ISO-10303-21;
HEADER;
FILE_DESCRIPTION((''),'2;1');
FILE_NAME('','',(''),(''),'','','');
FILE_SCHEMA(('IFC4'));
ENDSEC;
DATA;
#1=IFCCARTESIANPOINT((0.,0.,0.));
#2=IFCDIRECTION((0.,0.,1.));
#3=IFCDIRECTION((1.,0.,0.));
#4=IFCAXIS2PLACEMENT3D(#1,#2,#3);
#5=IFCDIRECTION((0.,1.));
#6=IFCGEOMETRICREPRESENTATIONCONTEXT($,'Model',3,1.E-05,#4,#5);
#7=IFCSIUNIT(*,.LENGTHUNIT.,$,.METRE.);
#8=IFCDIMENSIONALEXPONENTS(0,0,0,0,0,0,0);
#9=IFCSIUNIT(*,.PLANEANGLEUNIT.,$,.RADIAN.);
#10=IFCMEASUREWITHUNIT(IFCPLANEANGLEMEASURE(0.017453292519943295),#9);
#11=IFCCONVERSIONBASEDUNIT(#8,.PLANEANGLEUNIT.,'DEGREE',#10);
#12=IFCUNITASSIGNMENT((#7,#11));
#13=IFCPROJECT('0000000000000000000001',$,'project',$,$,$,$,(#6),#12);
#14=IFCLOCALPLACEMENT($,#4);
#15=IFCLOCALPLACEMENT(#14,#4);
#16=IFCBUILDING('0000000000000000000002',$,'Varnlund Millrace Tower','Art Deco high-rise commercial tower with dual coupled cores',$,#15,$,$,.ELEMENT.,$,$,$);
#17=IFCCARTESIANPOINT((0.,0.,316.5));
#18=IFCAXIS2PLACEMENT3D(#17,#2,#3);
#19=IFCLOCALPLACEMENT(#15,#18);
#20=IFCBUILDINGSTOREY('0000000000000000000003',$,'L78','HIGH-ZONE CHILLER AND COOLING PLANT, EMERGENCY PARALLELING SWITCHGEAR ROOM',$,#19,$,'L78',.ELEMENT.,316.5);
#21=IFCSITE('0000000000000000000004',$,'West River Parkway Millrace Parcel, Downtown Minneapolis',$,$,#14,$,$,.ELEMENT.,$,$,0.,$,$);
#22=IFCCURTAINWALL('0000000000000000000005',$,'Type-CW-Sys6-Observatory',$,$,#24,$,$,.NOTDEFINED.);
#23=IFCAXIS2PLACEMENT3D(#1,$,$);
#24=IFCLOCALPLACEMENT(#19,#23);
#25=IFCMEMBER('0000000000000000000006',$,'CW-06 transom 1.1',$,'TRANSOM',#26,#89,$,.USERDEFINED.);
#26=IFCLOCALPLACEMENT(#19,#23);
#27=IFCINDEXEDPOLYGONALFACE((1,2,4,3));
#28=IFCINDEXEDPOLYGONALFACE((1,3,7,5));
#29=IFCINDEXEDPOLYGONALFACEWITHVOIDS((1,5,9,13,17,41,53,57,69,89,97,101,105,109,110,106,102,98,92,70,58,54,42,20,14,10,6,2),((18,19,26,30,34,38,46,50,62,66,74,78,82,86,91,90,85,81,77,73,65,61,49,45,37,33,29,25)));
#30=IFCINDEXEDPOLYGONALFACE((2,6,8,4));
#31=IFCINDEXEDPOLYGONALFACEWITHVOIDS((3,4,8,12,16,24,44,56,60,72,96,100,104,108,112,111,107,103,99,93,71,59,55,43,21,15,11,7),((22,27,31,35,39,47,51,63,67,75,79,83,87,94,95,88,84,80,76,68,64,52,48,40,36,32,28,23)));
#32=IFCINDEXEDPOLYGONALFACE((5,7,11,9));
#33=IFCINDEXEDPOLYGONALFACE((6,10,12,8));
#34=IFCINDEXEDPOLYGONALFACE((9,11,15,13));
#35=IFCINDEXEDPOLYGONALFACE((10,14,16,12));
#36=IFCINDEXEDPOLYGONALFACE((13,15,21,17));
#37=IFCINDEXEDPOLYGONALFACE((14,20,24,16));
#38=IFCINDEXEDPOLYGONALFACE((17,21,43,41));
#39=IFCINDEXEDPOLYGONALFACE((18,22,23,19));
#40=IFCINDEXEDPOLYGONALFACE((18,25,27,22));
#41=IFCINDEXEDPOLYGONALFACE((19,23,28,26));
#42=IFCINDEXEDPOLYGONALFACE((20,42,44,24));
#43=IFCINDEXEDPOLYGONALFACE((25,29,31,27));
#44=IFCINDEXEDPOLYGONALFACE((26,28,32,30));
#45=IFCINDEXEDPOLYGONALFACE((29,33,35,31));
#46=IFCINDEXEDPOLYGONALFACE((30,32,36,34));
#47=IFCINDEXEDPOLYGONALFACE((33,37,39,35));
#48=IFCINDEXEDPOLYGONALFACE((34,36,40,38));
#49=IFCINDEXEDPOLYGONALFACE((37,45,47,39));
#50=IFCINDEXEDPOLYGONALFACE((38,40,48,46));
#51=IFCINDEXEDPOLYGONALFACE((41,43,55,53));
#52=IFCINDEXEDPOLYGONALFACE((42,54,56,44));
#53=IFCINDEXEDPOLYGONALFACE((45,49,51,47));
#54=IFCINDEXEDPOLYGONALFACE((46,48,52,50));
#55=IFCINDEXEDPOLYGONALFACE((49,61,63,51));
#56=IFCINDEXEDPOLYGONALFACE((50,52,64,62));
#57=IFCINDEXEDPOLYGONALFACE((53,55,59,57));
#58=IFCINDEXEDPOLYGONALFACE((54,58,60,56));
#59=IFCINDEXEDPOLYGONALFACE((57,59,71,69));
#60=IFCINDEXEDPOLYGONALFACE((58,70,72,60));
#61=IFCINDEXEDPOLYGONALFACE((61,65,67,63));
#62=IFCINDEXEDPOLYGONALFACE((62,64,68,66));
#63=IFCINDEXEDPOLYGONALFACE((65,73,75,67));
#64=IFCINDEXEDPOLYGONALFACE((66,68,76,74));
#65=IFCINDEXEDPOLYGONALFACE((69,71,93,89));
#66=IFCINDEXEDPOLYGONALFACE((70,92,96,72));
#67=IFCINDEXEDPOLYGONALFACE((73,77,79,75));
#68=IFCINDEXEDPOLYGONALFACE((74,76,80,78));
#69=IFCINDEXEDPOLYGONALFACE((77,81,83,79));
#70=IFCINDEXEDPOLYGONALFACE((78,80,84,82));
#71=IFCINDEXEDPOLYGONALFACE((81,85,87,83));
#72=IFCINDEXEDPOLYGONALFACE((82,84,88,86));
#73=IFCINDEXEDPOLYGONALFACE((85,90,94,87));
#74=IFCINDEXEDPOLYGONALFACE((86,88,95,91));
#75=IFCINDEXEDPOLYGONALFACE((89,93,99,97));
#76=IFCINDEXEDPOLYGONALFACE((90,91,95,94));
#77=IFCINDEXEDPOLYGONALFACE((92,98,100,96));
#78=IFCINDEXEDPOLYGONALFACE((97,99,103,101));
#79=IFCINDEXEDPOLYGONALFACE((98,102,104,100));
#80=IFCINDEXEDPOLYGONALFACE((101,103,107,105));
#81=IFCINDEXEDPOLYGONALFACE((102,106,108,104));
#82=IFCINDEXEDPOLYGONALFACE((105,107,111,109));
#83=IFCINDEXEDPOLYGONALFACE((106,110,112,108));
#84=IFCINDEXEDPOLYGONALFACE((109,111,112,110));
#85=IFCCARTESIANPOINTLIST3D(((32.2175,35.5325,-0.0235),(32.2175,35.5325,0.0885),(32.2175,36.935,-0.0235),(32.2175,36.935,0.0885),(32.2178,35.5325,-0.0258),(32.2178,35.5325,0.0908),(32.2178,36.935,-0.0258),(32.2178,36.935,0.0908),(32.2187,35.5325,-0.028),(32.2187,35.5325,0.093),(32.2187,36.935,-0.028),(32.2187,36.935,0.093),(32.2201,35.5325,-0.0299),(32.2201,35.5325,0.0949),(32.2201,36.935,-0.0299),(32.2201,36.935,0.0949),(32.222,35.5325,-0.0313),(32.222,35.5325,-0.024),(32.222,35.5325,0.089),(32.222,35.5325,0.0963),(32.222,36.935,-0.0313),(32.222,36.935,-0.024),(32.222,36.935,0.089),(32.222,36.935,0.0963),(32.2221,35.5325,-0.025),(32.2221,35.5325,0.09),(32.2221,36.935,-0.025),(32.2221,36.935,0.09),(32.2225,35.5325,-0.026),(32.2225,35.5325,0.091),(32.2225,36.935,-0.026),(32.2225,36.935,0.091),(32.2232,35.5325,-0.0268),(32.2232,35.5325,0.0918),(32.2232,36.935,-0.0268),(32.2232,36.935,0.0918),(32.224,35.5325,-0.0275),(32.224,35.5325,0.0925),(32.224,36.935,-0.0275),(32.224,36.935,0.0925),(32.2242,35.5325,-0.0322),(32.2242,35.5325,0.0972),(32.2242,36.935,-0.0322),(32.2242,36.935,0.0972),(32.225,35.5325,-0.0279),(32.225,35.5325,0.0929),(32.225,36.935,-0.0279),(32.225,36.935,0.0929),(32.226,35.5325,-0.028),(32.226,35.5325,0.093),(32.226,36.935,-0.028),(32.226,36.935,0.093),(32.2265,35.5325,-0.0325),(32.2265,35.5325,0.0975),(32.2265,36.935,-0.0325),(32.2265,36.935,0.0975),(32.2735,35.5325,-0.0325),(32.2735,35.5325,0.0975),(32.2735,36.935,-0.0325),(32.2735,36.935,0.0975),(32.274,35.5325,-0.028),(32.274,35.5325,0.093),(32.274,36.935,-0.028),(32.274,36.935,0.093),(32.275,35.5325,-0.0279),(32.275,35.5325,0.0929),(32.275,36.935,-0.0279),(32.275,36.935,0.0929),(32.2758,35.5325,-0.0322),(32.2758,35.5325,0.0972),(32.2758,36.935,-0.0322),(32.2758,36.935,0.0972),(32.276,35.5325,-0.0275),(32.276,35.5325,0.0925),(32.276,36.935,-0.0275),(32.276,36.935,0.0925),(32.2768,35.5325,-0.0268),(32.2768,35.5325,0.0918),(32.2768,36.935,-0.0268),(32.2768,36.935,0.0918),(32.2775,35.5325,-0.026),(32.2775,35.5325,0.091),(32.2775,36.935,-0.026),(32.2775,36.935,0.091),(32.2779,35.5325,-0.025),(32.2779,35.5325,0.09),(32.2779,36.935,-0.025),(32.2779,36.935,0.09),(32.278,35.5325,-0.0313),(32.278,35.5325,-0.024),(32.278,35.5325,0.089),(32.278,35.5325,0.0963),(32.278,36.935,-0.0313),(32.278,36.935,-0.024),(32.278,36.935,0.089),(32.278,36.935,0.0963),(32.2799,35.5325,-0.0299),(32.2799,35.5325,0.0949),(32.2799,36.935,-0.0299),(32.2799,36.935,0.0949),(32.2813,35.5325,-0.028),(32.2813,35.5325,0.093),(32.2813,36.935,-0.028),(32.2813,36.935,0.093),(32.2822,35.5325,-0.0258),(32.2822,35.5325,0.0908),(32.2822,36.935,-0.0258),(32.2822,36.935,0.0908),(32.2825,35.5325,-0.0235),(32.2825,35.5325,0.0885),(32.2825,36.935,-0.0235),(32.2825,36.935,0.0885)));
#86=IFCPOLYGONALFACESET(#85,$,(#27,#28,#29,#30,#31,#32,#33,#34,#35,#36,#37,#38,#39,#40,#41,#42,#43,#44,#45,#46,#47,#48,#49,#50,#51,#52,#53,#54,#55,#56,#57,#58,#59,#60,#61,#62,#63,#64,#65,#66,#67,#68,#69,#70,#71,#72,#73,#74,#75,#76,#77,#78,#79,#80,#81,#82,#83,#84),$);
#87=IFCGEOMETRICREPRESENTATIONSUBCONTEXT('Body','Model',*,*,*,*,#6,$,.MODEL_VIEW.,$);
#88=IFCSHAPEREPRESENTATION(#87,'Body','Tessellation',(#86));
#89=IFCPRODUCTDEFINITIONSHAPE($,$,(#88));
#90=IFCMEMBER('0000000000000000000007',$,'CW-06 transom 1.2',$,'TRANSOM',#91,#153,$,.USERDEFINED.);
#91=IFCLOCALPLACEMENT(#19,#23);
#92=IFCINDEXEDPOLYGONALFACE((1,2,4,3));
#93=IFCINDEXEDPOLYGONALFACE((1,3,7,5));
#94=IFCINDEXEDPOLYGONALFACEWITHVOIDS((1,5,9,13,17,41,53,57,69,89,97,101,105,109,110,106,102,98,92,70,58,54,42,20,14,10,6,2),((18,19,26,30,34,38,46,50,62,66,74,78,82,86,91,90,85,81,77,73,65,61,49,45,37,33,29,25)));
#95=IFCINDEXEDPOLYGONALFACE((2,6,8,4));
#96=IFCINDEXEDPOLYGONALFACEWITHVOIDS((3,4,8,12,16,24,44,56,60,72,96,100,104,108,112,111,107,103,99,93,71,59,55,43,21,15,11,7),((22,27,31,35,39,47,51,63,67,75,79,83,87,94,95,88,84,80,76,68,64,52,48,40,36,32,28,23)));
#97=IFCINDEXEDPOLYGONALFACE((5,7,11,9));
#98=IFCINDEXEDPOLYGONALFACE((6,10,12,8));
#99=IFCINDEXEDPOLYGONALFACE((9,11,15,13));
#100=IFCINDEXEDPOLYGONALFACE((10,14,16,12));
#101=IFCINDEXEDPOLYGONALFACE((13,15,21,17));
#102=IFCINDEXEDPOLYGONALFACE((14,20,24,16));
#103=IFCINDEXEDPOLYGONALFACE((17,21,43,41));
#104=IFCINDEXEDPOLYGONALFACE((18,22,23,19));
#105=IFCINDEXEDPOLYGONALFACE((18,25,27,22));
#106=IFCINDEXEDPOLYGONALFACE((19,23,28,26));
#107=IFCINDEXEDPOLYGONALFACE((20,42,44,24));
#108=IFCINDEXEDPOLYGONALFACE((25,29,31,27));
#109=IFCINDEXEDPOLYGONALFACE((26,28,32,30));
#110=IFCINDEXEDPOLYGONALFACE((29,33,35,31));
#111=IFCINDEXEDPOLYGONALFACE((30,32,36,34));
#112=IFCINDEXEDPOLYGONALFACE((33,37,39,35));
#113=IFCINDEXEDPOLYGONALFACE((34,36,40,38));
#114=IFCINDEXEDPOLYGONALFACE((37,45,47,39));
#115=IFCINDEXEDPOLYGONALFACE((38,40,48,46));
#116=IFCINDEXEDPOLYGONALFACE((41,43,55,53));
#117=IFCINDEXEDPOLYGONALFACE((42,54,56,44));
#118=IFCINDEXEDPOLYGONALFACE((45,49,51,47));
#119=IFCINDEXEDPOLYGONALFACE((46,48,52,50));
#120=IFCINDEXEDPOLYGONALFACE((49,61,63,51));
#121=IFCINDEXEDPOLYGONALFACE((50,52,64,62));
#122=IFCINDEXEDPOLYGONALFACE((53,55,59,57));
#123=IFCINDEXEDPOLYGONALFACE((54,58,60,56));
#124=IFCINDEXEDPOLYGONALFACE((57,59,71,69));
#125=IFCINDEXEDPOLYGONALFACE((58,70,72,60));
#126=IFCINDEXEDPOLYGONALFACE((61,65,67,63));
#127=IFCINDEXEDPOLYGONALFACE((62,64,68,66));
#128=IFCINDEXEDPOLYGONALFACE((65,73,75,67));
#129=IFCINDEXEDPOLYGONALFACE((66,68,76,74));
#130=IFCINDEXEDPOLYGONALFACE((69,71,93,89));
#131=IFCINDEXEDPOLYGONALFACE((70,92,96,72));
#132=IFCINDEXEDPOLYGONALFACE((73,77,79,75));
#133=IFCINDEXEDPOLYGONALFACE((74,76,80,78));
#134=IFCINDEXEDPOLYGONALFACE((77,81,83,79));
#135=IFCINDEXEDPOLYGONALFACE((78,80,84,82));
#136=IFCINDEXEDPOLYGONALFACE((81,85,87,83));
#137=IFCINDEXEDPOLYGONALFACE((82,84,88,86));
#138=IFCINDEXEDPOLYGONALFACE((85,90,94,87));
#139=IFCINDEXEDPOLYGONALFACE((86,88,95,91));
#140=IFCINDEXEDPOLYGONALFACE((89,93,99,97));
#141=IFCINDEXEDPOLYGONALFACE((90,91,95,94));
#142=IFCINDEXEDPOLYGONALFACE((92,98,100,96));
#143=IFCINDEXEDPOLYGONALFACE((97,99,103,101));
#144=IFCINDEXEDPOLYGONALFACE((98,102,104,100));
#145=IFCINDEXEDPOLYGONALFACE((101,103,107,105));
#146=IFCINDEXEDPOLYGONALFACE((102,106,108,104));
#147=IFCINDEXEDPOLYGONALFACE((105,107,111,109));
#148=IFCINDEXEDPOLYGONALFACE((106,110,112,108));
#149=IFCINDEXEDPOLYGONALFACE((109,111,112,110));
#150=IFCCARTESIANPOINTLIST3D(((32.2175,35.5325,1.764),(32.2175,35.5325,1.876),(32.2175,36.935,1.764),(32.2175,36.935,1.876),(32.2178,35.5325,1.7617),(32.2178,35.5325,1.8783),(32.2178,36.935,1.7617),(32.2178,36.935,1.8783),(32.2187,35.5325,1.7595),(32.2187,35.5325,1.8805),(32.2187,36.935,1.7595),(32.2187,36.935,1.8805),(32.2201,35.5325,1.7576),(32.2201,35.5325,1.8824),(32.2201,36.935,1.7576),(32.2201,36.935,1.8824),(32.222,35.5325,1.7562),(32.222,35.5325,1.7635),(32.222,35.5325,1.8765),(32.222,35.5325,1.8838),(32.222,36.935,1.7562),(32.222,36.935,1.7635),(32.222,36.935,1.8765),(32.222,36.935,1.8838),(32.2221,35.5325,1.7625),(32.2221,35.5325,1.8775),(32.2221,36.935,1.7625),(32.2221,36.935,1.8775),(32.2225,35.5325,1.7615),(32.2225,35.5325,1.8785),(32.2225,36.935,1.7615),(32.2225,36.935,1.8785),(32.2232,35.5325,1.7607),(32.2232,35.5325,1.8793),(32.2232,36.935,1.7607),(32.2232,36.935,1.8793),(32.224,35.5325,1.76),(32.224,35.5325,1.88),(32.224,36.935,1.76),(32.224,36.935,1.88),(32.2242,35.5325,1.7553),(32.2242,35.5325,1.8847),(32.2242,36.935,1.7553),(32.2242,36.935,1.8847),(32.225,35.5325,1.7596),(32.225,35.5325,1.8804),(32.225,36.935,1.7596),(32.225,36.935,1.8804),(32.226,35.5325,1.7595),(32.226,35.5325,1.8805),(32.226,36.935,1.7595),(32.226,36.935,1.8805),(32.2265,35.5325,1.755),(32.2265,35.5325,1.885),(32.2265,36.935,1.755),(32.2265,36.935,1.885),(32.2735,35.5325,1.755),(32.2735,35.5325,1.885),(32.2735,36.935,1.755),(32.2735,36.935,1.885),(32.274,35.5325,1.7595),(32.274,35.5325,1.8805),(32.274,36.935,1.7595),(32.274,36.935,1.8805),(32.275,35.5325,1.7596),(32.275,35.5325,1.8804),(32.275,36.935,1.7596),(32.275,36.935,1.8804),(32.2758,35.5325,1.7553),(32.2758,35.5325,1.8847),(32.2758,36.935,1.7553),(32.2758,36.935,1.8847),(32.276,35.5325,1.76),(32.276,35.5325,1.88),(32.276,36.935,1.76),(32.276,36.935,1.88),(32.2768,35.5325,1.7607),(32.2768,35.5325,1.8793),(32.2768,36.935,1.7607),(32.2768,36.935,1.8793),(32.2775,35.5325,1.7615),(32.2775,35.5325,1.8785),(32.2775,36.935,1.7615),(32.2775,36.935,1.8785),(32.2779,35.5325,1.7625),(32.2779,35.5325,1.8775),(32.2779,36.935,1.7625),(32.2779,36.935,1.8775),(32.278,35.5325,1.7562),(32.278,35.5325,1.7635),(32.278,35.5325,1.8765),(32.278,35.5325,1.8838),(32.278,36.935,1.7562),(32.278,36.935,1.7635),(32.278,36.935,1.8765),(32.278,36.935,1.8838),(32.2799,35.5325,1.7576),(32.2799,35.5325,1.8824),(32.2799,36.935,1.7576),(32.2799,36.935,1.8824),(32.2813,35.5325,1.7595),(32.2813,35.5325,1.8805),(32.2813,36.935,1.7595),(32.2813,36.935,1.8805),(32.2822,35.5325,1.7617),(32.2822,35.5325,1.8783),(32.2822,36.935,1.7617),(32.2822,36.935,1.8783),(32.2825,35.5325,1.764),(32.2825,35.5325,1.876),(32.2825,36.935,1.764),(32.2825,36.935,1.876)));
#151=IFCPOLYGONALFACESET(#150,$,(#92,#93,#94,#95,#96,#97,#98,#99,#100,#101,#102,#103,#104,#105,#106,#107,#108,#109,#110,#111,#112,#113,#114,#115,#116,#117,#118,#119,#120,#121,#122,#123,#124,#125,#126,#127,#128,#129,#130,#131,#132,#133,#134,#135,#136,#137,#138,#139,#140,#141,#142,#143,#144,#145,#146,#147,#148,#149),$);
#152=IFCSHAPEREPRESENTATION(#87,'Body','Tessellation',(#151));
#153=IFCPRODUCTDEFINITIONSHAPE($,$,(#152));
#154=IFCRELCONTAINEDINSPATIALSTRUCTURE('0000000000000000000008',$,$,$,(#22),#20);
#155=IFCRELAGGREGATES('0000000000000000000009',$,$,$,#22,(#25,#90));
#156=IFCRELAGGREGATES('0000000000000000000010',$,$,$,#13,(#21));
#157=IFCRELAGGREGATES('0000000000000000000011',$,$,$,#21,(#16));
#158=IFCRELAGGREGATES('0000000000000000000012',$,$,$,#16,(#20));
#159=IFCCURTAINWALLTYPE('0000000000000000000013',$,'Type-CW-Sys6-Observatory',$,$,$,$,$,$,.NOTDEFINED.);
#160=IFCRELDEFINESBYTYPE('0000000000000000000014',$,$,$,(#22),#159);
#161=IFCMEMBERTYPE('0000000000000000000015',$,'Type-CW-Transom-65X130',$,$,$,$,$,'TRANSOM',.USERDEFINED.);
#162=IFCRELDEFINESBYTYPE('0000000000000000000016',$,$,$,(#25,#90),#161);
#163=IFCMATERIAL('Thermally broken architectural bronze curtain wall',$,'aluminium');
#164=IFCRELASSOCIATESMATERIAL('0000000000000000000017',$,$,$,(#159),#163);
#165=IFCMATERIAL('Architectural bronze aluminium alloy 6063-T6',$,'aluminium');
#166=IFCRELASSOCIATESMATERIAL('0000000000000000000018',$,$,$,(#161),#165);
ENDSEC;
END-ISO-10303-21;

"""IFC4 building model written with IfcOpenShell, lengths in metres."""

from ifc_helpers import new_model, entity, si_unit, converted_unit, direction, frame, origin_with_axes, origin_2d_with_axis, place, context, subcontext, project, spatial, hollow_rectangle, extrude, material, material_profile, profile_set, type_object, element, aggregate, save


model = new_model("IFC4")

# Units and contexts
model_context = context("Model", 3, precision=1e-05, world=origin_with_axes(), true_north=direction((0.0, 1.0)))
body_context = subcontext(model_context, "Body", "Model", "MODEL_VIEW")
ifc_project = project(units=[si_unit("LENGTHUNIT", "METRE"), converted_unit("PLANEANGLEUNIT", "DEGREE", entity("IfcPlaneAngleMeasure", 0.017453292519943295), si_unit("PLANEANGLEUNIT", "RADIAN"), dimensions=[0, 0, 0, 0, 0, 0, 0])], contexts=[model_context])

# Site, building, storey
site_placement = place(None, origin_with_axes())
site = spatial("IfcSite", under=ifc_project, at=site_placement, Name="West River Parkway Millrace Parcel, Downtown Minneapolis", CompositionType="ELEMENT", RefElevation=0.0)
building_placement = place(site_placement, origin_with_axes())
building = spatial("IfcBuilding", under=site, at=building_placement, Name="Varnlund Millrace Tower", Description="Art Deco high-rise commercial tower with dual coupled cores", CompositionType="ELEMENT")
storey_placement = place(building_placement, frame((0.0, 0.0, 316.5), z_axis=(0.0, 0.0, 1.0), x_axis=(1.0, 0.0, 0.0)))
storey = spatial("IfcBuildingStorey", under=building, at=storey_placement, Name="L78", Description="HIGH-ZONE CHILLER AND COOLING PLANT, EMERGENCY PARALLELING SWITCHGEAR ROOM", LongName="L78", CompositionType="ELEMENT", Elevation=316.5)

# Curtain wall, members
ifc_material_1 = material(Name="Thermally broken architectural bronze curtain wall", Category="aluminium")
curtain_wall_type = type_object("IfcCurtainWallType", Name="Type-CW-Sys6-Observatory", PredefinedType="NOTDEFINED", material=ifc_material_1)
curtain_wall_1_placement = place(storey_placement, frame((32.25, 37.0, 0.0), z_axis=(0.0, 0.0, 1.0), x_axis=(1.0, 0.0, 0.0)))
curtain_wall_1 = element("IfcCurtainWall", 1, at=curtain_wall_1_placement, inside=storey, type_object=curtain_wall_type, Name="Type-CW-Sys6-Observatory", PredefinedType="NOTDEFINED")
ifc_material_2 = material(Name="Architectural bronze aluminium alloy 6063-T6", Category="aluminium")
ifc_material_profile_1 = material_profile(ifc_material_2, hollow_rectangle(XDim=0.065, YDim=0.13, WallThickness=0.0045, InnerFilletRadius=0.004, OuterFilletRadius=0.009, at=origin_2d_with_axis()), Name="Architectural bronze aluminium alloy 6063-T6")
ifc_profile_set_1 = profile_set([ifc_material_profile_1], Name="Architectural bronze aluminium alloy 6063-T6")
member_type = type_object("IfcMemberType", Name="Type-CW-Transom-65X130", ElementType="TRANSOM", PredefinedType="USERDEFINED", material=ifc_profile_set_1)
member_1_placement = place(storey_placement, frame((32.25, 36.935, 0.0325), z_axis=(0.0, -1.0, 0.0), x_axis=(1.0, 0.0, 0.0)))
member_1 = element("IfcMember", 2, at=member_1_placement, type_object=member_type, Name="CW-06 transom 1.1", ObjectType="TRANSOM", PredefinedType="USERDEFINED", context=body_context, shape_type="SweptSolid", body=[
    extrude(hollow_rectangle(XDim=0.065, YDim=0.13, WallThickness=0.0045, InnerFilletRadius=0.004, OuterFilletRadius=0.009, at=origin_2d_with_axis()), origin_with_axes(), (0.0, 0.0, 1.0), 1.4025),
])
member_2_placement = place(storey_placement, frame((32.25, 36.935, 1.82), z_axis=(0.0, -1.0, 0.0), x_axis=(1.0, 0.0, 0.0)))
member_2 = element("IfcMember", 3, at=member_2_placement, type_object=member_type, Name="CW-06 transom 1.2", ObjectType="TRANSOM", PredefinedType="USERDEFINED", context=body_context, shape_type="SweptSolid", body=[
    extrude(hollow_rectangle(XDim=0.065, YDim=0.13, WallThickness=0.0045, InnerFilletRadius=0.004, OuterFilletRadius=0.009, at=origin_2d_with_axis()), origin_with_axes(), (0.0, 0.0, 1.0), 1.4025),
])

aggregate(curtain_wall_1, [member_1, member_2])

save(model, "model.ifc")
